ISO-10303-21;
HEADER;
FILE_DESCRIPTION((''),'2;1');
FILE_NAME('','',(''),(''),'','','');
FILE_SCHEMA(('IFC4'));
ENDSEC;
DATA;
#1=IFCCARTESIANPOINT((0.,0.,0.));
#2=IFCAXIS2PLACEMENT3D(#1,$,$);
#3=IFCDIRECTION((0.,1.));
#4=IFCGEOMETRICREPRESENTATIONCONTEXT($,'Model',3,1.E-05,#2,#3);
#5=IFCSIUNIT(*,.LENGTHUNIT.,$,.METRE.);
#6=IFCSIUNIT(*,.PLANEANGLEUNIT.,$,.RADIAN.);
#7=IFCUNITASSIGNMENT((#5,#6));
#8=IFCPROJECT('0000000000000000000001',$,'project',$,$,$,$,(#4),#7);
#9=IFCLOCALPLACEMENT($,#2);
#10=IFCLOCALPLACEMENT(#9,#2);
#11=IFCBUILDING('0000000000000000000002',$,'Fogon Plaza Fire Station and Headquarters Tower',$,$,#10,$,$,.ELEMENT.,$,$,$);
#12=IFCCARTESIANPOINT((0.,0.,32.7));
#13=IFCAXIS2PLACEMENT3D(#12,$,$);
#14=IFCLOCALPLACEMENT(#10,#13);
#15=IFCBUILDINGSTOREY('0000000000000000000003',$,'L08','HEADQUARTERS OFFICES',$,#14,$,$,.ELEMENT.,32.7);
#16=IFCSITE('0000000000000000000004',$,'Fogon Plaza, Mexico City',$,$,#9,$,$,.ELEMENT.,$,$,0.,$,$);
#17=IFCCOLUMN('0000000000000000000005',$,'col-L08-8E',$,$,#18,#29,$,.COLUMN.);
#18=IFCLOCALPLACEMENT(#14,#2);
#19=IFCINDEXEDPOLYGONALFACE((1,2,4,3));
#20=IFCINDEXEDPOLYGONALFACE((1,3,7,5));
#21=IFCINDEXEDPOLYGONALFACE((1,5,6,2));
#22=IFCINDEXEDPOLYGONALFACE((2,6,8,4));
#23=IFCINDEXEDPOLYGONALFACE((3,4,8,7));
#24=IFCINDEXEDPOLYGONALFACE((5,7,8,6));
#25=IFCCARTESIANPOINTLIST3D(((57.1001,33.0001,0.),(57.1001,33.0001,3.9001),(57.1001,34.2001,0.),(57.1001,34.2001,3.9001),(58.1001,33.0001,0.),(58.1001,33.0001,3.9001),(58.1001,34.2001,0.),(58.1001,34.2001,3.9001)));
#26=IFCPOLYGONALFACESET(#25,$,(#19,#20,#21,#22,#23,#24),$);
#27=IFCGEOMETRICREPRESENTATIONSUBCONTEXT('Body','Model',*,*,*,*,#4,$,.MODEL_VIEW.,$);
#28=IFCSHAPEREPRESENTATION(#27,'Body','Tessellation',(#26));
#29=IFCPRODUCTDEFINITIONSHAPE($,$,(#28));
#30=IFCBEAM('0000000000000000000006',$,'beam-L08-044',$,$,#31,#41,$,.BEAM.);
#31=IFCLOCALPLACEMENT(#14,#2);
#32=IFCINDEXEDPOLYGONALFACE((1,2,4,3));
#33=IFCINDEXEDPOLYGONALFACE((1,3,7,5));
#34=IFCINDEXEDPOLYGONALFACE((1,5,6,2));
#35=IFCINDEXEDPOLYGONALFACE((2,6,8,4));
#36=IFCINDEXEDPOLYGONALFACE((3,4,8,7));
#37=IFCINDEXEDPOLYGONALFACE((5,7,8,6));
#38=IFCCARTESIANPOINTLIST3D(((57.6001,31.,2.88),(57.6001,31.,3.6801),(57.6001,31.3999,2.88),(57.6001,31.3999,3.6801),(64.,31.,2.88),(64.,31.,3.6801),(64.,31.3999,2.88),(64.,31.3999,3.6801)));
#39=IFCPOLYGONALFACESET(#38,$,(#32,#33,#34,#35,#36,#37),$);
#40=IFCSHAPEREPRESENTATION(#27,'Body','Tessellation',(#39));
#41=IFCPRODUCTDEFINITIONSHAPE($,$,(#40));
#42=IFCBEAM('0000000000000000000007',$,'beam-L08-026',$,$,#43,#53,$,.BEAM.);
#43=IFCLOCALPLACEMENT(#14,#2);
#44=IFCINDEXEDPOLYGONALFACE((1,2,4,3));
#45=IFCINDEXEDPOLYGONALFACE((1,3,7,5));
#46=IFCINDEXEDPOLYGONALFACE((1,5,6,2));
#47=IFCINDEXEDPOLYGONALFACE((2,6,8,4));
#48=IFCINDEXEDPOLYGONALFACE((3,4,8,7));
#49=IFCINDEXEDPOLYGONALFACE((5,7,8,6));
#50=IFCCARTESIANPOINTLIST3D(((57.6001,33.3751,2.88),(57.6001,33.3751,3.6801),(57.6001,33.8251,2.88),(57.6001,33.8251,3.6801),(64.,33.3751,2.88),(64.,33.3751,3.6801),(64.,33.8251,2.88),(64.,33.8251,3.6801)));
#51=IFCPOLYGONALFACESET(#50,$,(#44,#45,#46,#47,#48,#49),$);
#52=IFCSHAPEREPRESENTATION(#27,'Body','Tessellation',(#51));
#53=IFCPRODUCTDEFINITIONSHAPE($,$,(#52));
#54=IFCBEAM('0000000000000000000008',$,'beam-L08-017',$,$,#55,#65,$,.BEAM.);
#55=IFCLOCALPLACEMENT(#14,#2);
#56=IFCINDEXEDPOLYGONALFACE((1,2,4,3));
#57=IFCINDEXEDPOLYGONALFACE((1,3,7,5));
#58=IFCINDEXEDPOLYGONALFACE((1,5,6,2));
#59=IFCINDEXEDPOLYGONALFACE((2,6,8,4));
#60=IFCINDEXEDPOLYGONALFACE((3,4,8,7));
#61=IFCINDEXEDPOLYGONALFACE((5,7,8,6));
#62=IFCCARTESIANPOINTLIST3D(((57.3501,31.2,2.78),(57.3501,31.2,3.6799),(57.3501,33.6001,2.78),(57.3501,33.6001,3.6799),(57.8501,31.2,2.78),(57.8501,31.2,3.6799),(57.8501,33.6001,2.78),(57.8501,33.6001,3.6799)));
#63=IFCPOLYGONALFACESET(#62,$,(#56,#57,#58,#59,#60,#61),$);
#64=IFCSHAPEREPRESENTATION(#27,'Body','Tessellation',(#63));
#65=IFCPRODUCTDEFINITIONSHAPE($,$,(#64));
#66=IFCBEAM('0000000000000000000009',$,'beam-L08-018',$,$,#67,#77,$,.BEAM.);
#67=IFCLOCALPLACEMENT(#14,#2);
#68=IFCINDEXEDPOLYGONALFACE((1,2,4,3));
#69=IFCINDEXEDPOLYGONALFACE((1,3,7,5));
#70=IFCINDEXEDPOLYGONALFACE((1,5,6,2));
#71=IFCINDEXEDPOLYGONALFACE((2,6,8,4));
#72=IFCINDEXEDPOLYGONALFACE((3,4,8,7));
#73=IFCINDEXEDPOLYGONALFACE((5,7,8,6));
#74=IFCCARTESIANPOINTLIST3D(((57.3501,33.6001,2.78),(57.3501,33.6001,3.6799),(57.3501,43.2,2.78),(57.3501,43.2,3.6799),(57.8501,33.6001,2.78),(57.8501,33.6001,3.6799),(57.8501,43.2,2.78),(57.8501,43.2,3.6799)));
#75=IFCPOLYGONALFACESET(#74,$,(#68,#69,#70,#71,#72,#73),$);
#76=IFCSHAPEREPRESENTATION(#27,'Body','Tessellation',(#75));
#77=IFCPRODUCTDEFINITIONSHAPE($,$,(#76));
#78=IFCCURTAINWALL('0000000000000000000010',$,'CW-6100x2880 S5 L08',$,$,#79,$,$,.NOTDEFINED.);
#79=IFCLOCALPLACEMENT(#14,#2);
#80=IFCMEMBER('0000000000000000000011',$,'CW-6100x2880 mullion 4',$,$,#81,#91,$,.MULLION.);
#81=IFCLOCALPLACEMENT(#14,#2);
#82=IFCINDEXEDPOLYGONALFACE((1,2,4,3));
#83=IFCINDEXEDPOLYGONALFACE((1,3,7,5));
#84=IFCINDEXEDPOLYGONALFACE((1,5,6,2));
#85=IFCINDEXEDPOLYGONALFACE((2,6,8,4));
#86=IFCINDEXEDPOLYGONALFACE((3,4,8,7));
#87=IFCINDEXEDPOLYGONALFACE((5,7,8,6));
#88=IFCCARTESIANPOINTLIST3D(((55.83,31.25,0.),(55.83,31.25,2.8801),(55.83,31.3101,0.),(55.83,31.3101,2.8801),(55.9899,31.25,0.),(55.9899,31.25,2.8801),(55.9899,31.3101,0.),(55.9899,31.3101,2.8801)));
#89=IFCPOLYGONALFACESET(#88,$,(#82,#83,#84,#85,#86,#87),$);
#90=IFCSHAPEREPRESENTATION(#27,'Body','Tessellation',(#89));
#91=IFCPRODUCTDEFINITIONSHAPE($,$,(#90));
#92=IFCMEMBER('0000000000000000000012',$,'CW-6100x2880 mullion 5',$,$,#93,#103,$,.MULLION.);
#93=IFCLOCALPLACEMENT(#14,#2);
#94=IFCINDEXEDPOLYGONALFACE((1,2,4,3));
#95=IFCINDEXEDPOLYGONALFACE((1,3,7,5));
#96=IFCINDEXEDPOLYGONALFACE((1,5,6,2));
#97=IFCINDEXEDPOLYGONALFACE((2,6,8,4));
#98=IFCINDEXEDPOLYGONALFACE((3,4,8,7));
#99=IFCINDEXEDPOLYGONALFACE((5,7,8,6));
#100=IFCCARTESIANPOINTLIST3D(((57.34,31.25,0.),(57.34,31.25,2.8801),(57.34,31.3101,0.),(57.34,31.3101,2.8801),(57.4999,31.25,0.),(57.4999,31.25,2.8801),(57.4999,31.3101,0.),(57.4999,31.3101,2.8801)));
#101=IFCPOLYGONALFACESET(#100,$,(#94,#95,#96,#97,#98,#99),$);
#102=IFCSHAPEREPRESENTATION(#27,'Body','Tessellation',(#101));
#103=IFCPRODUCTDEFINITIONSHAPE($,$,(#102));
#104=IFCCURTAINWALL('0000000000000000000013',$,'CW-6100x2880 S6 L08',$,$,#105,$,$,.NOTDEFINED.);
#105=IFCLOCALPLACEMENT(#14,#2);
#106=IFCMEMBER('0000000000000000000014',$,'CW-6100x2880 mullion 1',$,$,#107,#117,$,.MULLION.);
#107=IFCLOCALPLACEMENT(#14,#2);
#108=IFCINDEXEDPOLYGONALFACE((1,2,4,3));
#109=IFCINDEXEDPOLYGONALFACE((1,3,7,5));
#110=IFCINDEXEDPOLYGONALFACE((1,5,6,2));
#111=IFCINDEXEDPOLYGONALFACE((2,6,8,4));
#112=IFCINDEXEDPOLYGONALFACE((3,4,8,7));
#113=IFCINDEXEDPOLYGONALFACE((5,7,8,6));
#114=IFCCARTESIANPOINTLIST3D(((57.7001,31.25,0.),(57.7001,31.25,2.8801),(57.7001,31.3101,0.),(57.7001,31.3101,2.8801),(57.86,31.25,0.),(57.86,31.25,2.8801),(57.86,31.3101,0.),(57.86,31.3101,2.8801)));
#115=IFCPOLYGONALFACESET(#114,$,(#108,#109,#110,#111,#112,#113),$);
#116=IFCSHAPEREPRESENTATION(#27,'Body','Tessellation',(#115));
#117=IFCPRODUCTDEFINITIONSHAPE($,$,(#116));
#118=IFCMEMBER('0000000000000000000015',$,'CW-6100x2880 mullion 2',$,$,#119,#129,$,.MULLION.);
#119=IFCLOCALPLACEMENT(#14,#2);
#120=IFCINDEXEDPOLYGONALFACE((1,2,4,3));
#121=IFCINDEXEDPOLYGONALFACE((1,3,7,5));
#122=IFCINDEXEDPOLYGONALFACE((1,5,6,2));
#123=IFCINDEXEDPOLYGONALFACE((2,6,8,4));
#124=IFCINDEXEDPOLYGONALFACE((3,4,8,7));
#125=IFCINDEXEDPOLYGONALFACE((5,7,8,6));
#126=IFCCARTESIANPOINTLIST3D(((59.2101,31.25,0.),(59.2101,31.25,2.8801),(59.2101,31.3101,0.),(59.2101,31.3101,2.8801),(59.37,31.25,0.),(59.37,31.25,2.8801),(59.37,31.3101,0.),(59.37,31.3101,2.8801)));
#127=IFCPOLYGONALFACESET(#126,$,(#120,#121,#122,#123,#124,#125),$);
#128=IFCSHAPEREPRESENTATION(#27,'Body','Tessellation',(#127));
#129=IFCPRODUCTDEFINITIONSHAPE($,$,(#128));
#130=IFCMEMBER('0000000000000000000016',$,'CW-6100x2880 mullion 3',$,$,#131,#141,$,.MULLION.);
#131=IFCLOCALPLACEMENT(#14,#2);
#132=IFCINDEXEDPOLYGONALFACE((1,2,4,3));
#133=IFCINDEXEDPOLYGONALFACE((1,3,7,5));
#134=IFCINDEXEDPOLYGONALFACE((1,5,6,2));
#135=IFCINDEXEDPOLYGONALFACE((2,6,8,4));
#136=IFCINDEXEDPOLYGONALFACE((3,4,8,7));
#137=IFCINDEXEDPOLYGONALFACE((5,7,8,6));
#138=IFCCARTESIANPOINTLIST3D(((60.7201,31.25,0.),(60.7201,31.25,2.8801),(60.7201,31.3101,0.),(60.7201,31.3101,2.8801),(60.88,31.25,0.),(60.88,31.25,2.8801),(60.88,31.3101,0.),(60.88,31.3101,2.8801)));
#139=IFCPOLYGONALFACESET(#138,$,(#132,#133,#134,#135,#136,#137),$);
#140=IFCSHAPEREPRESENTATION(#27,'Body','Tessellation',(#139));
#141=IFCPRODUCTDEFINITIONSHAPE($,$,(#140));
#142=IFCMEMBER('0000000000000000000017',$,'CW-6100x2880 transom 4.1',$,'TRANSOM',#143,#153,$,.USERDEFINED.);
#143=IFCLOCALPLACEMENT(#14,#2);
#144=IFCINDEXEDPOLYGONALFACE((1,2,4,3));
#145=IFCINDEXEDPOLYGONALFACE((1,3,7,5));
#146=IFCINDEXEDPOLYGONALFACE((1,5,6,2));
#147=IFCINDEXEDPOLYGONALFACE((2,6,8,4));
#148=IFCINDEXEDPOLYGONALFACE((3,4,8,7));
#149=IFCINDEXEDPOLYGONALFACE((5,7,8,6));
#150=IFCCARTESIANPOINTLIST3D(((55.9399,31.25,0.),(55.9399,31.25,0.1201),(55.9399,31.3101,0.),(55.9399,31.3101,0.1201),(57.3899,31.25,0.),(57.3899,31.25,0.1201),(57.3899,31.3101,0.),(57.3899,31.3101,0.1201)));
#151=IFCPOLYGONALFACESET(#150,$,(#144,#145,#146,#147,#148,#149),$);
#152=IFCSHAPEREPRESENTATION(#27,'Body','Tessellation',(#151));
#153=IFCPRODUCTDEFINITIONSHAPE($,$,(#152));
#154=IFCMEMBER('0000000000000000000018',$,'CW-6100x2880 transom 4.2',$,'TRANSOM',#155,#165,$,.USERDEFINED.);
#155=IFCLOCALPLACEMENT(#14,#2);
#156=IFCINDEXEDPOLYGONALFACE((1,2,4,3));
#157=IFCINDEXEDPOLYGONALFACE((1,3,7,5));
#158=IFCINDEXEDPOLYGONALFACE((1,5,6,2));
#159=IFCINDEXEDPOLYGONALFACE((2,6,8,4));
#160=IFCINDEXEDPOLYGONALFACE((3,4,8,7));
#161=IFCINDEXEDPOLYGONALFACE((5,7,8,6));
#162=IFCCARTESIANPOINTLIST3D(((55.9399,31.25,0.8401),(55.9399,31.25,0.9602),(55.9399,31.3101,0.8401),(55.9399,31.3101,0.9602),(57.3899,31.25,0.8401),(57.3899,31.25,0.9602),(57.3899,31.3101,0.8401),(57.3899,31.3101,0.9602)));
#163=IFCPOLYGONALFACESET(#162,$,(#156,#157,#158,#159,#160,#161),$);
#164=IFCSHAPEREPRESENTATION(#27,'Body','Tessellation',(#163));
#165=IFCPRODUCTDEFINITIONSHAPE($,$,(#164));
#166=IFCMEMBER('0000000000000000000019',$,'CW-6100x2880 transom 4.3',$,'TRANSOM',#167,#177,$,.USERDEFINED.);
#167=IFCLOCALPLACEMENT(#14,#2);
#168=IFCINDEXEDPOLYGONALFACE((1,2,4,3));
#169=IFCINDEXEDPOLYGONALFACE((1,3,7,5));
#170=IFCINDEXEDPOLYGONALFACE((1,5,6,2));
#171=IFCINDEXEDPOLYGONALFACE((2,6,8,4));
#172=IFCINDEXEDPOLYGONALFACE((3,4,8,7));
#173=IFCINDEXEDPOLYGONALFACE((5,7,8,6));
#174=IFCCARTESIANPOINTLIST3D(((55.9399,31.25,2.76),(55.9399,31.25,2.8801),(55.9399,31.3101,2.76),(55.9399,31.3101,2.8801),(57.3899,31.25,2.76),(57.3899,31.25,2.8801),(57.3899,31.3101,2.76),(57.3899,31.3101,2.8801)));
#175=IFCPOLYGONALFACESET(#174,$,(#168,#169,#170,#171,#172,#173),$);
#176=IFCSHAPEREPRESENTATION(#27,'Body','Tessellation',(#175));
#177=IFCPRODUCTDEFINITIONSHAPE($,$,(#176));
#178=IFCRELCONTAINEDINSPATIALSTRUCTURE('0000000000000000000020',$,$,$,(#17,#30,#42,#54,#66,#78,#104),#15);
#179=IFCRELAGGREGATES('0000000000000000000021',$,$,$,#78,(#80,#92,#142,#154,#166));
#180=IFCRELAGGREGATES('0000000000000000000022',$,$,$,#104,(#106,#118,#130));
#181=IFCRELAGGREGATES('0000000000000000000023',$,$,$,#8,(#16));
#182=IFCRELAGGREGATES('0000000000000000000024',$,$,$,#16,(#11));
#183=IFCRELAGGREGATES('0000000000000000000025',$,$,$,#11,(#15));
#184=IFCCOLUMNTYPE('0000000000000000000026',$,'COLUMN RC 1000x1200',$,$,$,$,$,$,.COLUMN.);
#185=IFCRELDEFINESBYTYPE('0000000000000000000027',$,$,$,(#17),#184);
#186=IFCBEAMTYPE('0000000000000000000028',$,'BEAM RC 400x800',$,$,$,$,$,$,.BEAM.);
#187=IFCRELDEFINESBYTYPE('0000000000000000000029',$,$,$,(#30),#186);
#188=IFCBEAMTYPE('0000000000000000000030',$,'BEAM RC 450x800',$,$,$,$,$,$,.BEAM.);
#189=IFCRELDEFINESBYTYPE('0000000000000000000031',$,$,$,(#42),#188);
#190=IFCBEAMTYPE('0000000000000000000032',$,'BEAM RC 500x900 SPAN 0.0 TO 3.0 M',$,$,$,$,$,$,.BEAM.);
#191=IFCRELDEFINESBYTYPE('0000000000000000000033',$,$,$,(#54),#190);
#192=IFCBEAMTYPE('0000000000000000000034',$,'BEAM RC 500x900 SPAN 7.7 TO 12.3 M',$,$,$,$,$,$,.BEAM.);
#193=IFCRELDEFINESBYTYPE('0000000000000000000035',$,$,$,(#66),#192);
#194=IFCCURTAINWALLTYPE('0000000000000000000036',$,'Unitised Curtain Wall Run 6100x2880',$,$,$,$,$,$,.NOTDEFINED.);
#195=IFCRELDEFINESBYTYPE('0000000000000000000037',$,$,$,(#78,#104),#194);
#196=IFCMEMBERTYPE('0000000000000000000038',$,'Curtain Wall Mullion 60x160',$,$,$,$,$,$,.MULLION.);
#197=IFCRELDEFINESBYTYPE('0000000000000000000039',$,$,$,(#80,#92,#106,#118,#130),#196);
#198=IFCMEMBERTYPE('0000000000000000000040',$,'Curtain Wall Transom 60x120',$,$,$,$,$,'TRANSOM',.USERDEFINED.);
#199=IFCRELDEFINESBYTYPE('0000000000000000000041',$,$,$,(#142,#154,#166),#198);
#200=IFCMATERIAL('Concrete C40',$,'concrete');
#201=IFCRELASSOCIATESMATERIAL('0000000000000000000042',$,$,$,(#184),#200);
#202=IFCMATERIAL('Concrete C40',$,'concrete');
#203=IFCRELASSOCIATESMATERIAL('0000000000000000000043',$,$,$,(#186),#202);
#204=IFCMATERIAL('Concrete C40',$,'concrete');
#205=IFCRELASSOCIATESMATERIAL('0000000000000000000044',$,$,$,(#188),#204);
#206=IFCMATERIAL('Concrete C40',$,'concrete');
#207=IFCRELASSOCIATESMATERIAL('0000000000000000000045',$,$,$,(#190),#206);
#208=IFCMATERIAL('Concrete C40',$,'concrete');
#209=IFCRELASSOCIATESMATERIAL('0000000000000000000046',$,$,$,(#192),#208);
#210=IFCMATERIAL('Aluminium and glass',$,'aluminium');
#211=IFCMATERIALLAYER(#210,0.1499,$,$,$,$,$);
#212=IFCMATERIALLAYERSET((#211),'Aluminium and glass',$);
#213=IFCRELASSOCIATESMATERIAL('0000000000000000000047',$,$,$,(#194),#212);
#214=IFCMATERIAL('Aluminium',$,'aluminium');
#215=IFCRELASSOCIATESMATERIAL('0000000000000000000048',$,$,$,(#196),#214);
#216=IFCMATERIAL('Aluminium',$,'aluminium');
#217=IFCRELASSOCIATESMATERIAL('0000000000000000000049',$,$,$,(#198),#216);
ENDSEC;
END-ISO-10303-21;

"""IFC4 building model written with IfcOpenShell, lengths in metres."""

from ifc_helpers import new_model, si_unit, direction, frame, origin, origin_2d, place, context, subcontext, project, spatial, rectangle, extrude, material, layer, layer_set, material_profile, profile_set, type_object, element, aggregate, save


model = new_model("IFC4")

# Units and contexts
model_context = context("Model", 3, precision=1e-05, world=origin(), true_north=direction((0.0, 1.0)))
body_context = subcontext(model_context, "Body", "Model", "MODEL_VIEW")
ifc_project = project(units=[si_unit("LENGTHUNIT", "METRE"), si_unit("PLANEANGLEUNIT", "RADIAN")], contexts=[model_context])

# Site, building, storey
site_placement = place(None, origin())
site = spatial("IfcSite", under=ifc_project, at=site_placement, Name="Fogon Plaza, Mexico City", CompositionType="ELEMENT", RefElevation=0.0)
building_placement = place(site_placement, origin())
building = spatial("IfcBuilding", under=site, at=building_placement, Name="Fogon Plaza Fire Station and Headquarters Tower", CompositionType="ELEMENT")
storey_placement = place(building_placement, frame((0.0, 0.0, 32.7)))
storey = spatial("IfcBuildingStorey", under=building, at=storey_placement, Name="L08", Description="HEADQUARTERS OFFICES", CompositionType="ELEMENT", Elevation=32.7)

# Column
ifc_material_1 = material(Name="Concrete C40", Category="concrete")
ifc_material_profile_1 = material_profile(ifc_material_1, rectangle(XDim=1.0, YDim=1.2, at=origin_2d()), Name="RC 1000x1200")
ifc_profile_set_1 = profile_set([ifc_material_profile_1], Name="Concrete C40")
column_type = type_object("IfcColumnType", Name="COLUMN RC 1000x1200", PredefinedType="COLUMN", material=ifc_profile_set_1)
column_placement = place(storey_placement, frame((57.6001, 33.6001, 0.0), z_axis=(0.0, 0.0, 1.0), x_axis=(1.0, 0.0, 0.0)))
element("IfcColumn", 1, at=column_placement, inside=storey, type_object=column_type, Name="col-L08-8E", PredefinedType="COLUMN", context=body_context, shape_type="SweptSolid", body=[
    extrude(rectangle(XDim=1.0, YDim=1.2, at=origin_2d()), origin(), (0.0, 0.0, 1.0), 3.9001),
])

# Beams
ifc_material_2 = material(Name="Concrete C40", Category="concrete")
ifc_material_profile_2 = material_profile(ifc_material_2, rectangle(XDim=0.3999, YDim=0.8, at=origin_2d()), Name="RC 400x800")
ifc_profile_set_2 = profile_set([ifc_material_profile_2], Name="Concrete C40")
beam_type_1 = type_object("IfcBeamType", Name="BEAM RC 400x800", PredefinedType="BEAM", material=ifc_profile_set_2)
beam_1_placement = place(storey_placement, frame((57.6001, 31.2, 3.28), z_axis=(1.0, 0.0, 0.0), x_axis=(0.0, 1.0, 0.0)))
element("IfcBeam", 2, at=beam_1_placement, inside=storey, type_object=beam_type_1, Name="beam-L08-044", PredefinedType="BEAM", context=body_context, shape_type="SweptSolid", body=[
    extrude(rectangle(XDim=0.3999, YDim=0.8, at=origin_2d()), origin(), (0.0, 0.0, 1.0), 6.3999),
])
ifc_material_3 = material(Name="Concrete C40", Category="concrete")
ifc_material_profile_3 = material_profile(ifc_material_3, rectangle(XDim=0.45, YDim=0.8, at=origin_2d()), Name="RC 450x800")
ifc_profile_set_3 = profile_set([ifc_material_profile_3], Name="Concrete C40")
beam_type_2 = type_object("IfcBeamType", Name="BEAM RC 450x800", PredefinedType="BEAM", material=ifc_profile_set_3)
beam_2_placement = place(storey_placement, frame((57.6001, 33.6001, 3.28), z_axis=(1.0, 0.0, 0.0), x_axis=(0.0, 1.0, 0.0)))
element("IfcBeam", 3, at=beam_2_placement, inside=storey, type_object=beam_type_2, Name="beam-L08-026", PredefinedType="BEAM", context=body_context, shape_type="SweptSolid", body=[
    extrude(rectangle(XDim=0.45, YDim=0.8, at=origin_2d()), origin(), (0.0, 0.0, 1.0), 6.3999),
])
ifc_material_4 = material(Name="Concrete C40", Category="concrete")
ifc_material_profile_4 = material_profile(ifc_material_4, rectangle(XDim=0.5, YDim=0.8999, at=origin_2d()), Name="RC 500x900")
ifc_profile_set_4 = profile_set([ifc_material_profile_4], Name="Concrete C40")
beam_type_3 = type_object("IfcBeamType", Name="BEAM RC 500x900 SPAN 0.0 TO 3.0 M", PredefinedType="BEAM", material=ifc_profile_set_4)
beam_3_placement = place(storey_placement, frame((57.6001, 31.2, 3.23), z_axis=(0.0, 1.0, 0.0), x_axis=(-1.0, 0.0, 0.0)))
element("IfcBeam", 4, at=beam_3_placement, inside=storey, type_object=beam_type_3, Name="beam-L08-017", PredefinedType="BEAM", context=body_context, shape_type="SweptSolid", body=[
    extrude(rectangle(XDim=0.5, YDim=0.8999, at=origin_2d()), origin(), (0.0, 0.0, 1.0), 2.4001),
])
ifc_material_5 = material(Name="Concrete C40", Category="concrete")
ifc_material_profile_5 = material_profile(ifc_material_5, rectangle(XDim=0.5, YDim=0.8999, at=origin_2d()), Name="RC 500x900")
ifc_profile_set_5 = profile_set([ifc_material_profile_5], Name="Concrete C40")
beam_type_4 = type_object("IfcBeamType", Name="BEAM RC 500x900 SPAN 7.7 TO 12.3 M", PredefinedType="BEAM", material=ifc_profile_set_5)
beam_4_placement = place(storey_placement, frame((57.6001, 33.6001, 3.23), z_axis=(0.0, 1.0, 0.0), x_axis=(-1.0, 0.0, 0.0)))
element("IfcBeam", 5, at=beam_4_placement, inside=storey, type_object=beam_type_4, Name="beam-L08-018", PredefinedType="BEAM", context=body_context, shape_type="SweptSolid", body=[
    extrude(rectangle(XDim=0.5, YDim=0.8999, at=origin_2d()), origin(), (0.0, 0.0, 1.0), 9.5999),
])

# Curtain walls, members
ifc_material_6 = material(Name="Aluminium and glass", Category="aluminium")
ifc_layer_1 = layer(ifc_material_6, 0.1499)
ifc_layer_set_1 = layer_set([ifc_layer_1], Name="Aluminium and glass")
curtain_wall_type = type_object("IfcCurtainWallType", Name="Unitised Curtain Wall Run 6100x2880", PredefinedType="NOTDEFINED", material=ifc_layer_set_1)
curtain_wall_1_placement = place(storey_placement, origin())
curtain_wall_1 = element("IfcCurtainWall", 6, at=curtain_wall_1_placement, inside=storey, type_object=curtain_wall_type, Name="CW-6100x2880 S5 L08", PredefinedType="NOTDEFINED")
ifc_material_7 = material(Name="Aluminium", Category="aluminium")
ifc_material_profile_6 = material_profile(ifc_material_7, rectangle(XDim=0.0601, YDim=0.1599, at=origin_2d()), Name="Curtain Wall Mullion 60x160")
ifc_profile_set_6 = profile_set([ifc_material_profile_6], Name="Aluminium")
member_type_1 = type_object("IfcMemberType", Name="Curtain Wall Mullion 60x160", PredefinedType="MULLION", material=ifc_profile_set_6)
member_1_placement = place(storey_placement, frame((55.9099, 31.28, 0.0), z_axis=(0.0, 0.0, 1.0), x_axis=(0.0, 1.0, 0.0)))
member_1 = element("IfcMember", 7, at=member_1_placement, type_object=member_type_1, Name="CW-6100x2880 mullion 4", PredefinedType="MULLION", context=body_context, shape_type="SweptSolid", body=[
    extrude(rectangle(XDim=0.0601, YDim=0.1599, at=origin_2d()), origin(), (0.0, 0.0, 1.0), 2.8801),
])
member_2_placement = place(storey_placement, frame((57.4199, 31.28, 0.0), z_axis=(0.0, 0.0, 1.0), x_axis=(0.0, 1.0, 0.0)))
member_2 = element("IfcMember", 8, at=member_2_placement, type_object=member_type_1, Name="CW-6100x2880 mullion 5", PredefinedType="MULLION", context=body_context, shape_type="SweptSolid", body=[
    extrude(rectangle(XDim=0.0601, YDim=0.1599, at=origin_2d()), origin(), (0.0, 0.0, 1.0), 2.8801),
])
curtain_wall_2_placement = place(storey_placement, origin())
curtain_wall_2 = element("IfcCurtainWall", 9, at=curtain_wall_2_placement, inside=storey, type_object=curtain_wall_type, Name="CW-6100x2880 S6 L08", PredefinedType="NOTDEFINED")
member_3_placement = place(storey_placement, frame((57.78, 31.28, 0.0), z_axis=(0.0, 0.0, 1.0), x_axis=(0.0, 1.0, 0.0)))
member_3 = element("IfcMember", 10, at=member_3_placement, type_object=member_type_1, Name="CW-6100x2880 mullion 1", PredefinedType="MULLION", context=body_context, shape_type="SweptSolid", body=[
    extrude(rectangle(XDim=0.0601, YDim=0.1599, at=origin_2d()), origin(), (0.0, 0.0, 1.0), 2.8801),
])
member_4_placement = place(storey_placement, frame((59.29, 31.28, 0.0), z_axis=(0.0, 0.0, 1.0), x_axis=(0.0, 1.0, 0.0)))
member_4 = element("IfcMember", 11, at=member_4_placement, type_object=member_type_1, Name="CW-6100x2880 mullion 2", PredefinedType="MULLION", context=body_context, shape_type="SweptSolid", body=[
    extrude(rectangle(XDim=0.0601, YDim=0.1599, at=origin_2d()), origin(), (0.0, 0.0, 1.0), 2.8801),
])
member_5_placement = place(storey_placement, frame((60.8, 31.28, 0.0), z_axis=(0.0, 0.0, 1.0), x_axis=(0.0, 1.0, 0.0)))
member_5 = element("IfcMember", 12, at=member_5_placement, type_object=member_type_1, Name="CW-6100x2880 mullion 3", PredefinedType="MULLION", context=body_context, shape_type="SweptSolid", body=[
    extrude(rectangle(XDim=0.0601, YDim=0.1599, at=origin_2d()), origin(), (0.0, 0.0, 1.0), 2.8801),
])

# Members
ifc_material_8 = material(Name="Aluminium", Category="aluminium")
ifc_material_profile_7 = material_profile(ifc_material_8, rectangle(XDim=0.0601, YDim=0.1201, at=origin_2d()), Name="Curtain Wall Transom 60x120")
ifc_profile_set_7 = profile_set([ifc_material_profile_7], Name="Aluminium")
member_type_2 = type_object("IfcMemberType", Name="Curtain Wall Transom 60x120", ElementType="TRANSOM", PredefinedType="USERDEFINED", material=ifc_profile_set_7)
member_6_placement = place(storey_placement, frame((55.9399, 31.28, 0.0601), z_axis=(1.0, 0.0, 0.0), x_axis=(0.0, 1.0, 0.0)))
member_6 = element("IfcMember", 13, at=member_6_placement, type_object=member_type_2, Name="CW-6100x2880 transom 4.1", ObjectType="TRANSOM", PredefinedType="USERDEFINED", context=body_context, shape_type="SweptSolid", body=[
    extrude(rectangle(XDim=0.0601, YDim=0.1201, at=origin_2d()), origin(), (0.0, 0.0, 1.0), 1.45),
])
member_7_placement = place(storey_placement, frame((55.9399, 31.28, 0.9001), z_axis=(1.0, 0.0, 0.0), x_axis=(0.0, 1.0, 0.0)))
member_7 = element("IfcMember", 14, at=member_7_placement, type_object=member_type_2, Name="CW-6100x2880 transom 4.2", ObjectType="TRANSOM", PredefinedType="USERDEFINED", context=body_context, shape_type="SweptSolid", body=[
    extrude(rectangle(XDim=0.0601, YDim=0.1201, at=origin_2d()), origin(), (0.0, 0.0, 1.0), 1.45),
])
member_8_placement = place(storey_placement, frame((55.9399, 31.28, 2.8201), z_axis=(1.0, 0.0, 0.0), x_axis=(0.0, 1.0, 0.0)))
member_8 = element("IfcMember", 15, at=member_8_placement, type_object=member_type_2, Name="CW-6100x2880 transom 4.3", ObjectType="TRANSOM", PredefinedType="USERDEFINED", context=body_context, shape_type="SweptSolid", body=[
    extrude(rectangle(XDim=0.0601, YDim=0.1201, at=origin_2d()), origin(), (0.0, 0.0, 1.0), 1.45),
])

aggregate(curtain_wall_1, [member_1, member_2, member_6, member_7, member_8])
aggregate(curtain_wall_2, [member_3, member_4, member_5])

save(model, "model.ifc")
